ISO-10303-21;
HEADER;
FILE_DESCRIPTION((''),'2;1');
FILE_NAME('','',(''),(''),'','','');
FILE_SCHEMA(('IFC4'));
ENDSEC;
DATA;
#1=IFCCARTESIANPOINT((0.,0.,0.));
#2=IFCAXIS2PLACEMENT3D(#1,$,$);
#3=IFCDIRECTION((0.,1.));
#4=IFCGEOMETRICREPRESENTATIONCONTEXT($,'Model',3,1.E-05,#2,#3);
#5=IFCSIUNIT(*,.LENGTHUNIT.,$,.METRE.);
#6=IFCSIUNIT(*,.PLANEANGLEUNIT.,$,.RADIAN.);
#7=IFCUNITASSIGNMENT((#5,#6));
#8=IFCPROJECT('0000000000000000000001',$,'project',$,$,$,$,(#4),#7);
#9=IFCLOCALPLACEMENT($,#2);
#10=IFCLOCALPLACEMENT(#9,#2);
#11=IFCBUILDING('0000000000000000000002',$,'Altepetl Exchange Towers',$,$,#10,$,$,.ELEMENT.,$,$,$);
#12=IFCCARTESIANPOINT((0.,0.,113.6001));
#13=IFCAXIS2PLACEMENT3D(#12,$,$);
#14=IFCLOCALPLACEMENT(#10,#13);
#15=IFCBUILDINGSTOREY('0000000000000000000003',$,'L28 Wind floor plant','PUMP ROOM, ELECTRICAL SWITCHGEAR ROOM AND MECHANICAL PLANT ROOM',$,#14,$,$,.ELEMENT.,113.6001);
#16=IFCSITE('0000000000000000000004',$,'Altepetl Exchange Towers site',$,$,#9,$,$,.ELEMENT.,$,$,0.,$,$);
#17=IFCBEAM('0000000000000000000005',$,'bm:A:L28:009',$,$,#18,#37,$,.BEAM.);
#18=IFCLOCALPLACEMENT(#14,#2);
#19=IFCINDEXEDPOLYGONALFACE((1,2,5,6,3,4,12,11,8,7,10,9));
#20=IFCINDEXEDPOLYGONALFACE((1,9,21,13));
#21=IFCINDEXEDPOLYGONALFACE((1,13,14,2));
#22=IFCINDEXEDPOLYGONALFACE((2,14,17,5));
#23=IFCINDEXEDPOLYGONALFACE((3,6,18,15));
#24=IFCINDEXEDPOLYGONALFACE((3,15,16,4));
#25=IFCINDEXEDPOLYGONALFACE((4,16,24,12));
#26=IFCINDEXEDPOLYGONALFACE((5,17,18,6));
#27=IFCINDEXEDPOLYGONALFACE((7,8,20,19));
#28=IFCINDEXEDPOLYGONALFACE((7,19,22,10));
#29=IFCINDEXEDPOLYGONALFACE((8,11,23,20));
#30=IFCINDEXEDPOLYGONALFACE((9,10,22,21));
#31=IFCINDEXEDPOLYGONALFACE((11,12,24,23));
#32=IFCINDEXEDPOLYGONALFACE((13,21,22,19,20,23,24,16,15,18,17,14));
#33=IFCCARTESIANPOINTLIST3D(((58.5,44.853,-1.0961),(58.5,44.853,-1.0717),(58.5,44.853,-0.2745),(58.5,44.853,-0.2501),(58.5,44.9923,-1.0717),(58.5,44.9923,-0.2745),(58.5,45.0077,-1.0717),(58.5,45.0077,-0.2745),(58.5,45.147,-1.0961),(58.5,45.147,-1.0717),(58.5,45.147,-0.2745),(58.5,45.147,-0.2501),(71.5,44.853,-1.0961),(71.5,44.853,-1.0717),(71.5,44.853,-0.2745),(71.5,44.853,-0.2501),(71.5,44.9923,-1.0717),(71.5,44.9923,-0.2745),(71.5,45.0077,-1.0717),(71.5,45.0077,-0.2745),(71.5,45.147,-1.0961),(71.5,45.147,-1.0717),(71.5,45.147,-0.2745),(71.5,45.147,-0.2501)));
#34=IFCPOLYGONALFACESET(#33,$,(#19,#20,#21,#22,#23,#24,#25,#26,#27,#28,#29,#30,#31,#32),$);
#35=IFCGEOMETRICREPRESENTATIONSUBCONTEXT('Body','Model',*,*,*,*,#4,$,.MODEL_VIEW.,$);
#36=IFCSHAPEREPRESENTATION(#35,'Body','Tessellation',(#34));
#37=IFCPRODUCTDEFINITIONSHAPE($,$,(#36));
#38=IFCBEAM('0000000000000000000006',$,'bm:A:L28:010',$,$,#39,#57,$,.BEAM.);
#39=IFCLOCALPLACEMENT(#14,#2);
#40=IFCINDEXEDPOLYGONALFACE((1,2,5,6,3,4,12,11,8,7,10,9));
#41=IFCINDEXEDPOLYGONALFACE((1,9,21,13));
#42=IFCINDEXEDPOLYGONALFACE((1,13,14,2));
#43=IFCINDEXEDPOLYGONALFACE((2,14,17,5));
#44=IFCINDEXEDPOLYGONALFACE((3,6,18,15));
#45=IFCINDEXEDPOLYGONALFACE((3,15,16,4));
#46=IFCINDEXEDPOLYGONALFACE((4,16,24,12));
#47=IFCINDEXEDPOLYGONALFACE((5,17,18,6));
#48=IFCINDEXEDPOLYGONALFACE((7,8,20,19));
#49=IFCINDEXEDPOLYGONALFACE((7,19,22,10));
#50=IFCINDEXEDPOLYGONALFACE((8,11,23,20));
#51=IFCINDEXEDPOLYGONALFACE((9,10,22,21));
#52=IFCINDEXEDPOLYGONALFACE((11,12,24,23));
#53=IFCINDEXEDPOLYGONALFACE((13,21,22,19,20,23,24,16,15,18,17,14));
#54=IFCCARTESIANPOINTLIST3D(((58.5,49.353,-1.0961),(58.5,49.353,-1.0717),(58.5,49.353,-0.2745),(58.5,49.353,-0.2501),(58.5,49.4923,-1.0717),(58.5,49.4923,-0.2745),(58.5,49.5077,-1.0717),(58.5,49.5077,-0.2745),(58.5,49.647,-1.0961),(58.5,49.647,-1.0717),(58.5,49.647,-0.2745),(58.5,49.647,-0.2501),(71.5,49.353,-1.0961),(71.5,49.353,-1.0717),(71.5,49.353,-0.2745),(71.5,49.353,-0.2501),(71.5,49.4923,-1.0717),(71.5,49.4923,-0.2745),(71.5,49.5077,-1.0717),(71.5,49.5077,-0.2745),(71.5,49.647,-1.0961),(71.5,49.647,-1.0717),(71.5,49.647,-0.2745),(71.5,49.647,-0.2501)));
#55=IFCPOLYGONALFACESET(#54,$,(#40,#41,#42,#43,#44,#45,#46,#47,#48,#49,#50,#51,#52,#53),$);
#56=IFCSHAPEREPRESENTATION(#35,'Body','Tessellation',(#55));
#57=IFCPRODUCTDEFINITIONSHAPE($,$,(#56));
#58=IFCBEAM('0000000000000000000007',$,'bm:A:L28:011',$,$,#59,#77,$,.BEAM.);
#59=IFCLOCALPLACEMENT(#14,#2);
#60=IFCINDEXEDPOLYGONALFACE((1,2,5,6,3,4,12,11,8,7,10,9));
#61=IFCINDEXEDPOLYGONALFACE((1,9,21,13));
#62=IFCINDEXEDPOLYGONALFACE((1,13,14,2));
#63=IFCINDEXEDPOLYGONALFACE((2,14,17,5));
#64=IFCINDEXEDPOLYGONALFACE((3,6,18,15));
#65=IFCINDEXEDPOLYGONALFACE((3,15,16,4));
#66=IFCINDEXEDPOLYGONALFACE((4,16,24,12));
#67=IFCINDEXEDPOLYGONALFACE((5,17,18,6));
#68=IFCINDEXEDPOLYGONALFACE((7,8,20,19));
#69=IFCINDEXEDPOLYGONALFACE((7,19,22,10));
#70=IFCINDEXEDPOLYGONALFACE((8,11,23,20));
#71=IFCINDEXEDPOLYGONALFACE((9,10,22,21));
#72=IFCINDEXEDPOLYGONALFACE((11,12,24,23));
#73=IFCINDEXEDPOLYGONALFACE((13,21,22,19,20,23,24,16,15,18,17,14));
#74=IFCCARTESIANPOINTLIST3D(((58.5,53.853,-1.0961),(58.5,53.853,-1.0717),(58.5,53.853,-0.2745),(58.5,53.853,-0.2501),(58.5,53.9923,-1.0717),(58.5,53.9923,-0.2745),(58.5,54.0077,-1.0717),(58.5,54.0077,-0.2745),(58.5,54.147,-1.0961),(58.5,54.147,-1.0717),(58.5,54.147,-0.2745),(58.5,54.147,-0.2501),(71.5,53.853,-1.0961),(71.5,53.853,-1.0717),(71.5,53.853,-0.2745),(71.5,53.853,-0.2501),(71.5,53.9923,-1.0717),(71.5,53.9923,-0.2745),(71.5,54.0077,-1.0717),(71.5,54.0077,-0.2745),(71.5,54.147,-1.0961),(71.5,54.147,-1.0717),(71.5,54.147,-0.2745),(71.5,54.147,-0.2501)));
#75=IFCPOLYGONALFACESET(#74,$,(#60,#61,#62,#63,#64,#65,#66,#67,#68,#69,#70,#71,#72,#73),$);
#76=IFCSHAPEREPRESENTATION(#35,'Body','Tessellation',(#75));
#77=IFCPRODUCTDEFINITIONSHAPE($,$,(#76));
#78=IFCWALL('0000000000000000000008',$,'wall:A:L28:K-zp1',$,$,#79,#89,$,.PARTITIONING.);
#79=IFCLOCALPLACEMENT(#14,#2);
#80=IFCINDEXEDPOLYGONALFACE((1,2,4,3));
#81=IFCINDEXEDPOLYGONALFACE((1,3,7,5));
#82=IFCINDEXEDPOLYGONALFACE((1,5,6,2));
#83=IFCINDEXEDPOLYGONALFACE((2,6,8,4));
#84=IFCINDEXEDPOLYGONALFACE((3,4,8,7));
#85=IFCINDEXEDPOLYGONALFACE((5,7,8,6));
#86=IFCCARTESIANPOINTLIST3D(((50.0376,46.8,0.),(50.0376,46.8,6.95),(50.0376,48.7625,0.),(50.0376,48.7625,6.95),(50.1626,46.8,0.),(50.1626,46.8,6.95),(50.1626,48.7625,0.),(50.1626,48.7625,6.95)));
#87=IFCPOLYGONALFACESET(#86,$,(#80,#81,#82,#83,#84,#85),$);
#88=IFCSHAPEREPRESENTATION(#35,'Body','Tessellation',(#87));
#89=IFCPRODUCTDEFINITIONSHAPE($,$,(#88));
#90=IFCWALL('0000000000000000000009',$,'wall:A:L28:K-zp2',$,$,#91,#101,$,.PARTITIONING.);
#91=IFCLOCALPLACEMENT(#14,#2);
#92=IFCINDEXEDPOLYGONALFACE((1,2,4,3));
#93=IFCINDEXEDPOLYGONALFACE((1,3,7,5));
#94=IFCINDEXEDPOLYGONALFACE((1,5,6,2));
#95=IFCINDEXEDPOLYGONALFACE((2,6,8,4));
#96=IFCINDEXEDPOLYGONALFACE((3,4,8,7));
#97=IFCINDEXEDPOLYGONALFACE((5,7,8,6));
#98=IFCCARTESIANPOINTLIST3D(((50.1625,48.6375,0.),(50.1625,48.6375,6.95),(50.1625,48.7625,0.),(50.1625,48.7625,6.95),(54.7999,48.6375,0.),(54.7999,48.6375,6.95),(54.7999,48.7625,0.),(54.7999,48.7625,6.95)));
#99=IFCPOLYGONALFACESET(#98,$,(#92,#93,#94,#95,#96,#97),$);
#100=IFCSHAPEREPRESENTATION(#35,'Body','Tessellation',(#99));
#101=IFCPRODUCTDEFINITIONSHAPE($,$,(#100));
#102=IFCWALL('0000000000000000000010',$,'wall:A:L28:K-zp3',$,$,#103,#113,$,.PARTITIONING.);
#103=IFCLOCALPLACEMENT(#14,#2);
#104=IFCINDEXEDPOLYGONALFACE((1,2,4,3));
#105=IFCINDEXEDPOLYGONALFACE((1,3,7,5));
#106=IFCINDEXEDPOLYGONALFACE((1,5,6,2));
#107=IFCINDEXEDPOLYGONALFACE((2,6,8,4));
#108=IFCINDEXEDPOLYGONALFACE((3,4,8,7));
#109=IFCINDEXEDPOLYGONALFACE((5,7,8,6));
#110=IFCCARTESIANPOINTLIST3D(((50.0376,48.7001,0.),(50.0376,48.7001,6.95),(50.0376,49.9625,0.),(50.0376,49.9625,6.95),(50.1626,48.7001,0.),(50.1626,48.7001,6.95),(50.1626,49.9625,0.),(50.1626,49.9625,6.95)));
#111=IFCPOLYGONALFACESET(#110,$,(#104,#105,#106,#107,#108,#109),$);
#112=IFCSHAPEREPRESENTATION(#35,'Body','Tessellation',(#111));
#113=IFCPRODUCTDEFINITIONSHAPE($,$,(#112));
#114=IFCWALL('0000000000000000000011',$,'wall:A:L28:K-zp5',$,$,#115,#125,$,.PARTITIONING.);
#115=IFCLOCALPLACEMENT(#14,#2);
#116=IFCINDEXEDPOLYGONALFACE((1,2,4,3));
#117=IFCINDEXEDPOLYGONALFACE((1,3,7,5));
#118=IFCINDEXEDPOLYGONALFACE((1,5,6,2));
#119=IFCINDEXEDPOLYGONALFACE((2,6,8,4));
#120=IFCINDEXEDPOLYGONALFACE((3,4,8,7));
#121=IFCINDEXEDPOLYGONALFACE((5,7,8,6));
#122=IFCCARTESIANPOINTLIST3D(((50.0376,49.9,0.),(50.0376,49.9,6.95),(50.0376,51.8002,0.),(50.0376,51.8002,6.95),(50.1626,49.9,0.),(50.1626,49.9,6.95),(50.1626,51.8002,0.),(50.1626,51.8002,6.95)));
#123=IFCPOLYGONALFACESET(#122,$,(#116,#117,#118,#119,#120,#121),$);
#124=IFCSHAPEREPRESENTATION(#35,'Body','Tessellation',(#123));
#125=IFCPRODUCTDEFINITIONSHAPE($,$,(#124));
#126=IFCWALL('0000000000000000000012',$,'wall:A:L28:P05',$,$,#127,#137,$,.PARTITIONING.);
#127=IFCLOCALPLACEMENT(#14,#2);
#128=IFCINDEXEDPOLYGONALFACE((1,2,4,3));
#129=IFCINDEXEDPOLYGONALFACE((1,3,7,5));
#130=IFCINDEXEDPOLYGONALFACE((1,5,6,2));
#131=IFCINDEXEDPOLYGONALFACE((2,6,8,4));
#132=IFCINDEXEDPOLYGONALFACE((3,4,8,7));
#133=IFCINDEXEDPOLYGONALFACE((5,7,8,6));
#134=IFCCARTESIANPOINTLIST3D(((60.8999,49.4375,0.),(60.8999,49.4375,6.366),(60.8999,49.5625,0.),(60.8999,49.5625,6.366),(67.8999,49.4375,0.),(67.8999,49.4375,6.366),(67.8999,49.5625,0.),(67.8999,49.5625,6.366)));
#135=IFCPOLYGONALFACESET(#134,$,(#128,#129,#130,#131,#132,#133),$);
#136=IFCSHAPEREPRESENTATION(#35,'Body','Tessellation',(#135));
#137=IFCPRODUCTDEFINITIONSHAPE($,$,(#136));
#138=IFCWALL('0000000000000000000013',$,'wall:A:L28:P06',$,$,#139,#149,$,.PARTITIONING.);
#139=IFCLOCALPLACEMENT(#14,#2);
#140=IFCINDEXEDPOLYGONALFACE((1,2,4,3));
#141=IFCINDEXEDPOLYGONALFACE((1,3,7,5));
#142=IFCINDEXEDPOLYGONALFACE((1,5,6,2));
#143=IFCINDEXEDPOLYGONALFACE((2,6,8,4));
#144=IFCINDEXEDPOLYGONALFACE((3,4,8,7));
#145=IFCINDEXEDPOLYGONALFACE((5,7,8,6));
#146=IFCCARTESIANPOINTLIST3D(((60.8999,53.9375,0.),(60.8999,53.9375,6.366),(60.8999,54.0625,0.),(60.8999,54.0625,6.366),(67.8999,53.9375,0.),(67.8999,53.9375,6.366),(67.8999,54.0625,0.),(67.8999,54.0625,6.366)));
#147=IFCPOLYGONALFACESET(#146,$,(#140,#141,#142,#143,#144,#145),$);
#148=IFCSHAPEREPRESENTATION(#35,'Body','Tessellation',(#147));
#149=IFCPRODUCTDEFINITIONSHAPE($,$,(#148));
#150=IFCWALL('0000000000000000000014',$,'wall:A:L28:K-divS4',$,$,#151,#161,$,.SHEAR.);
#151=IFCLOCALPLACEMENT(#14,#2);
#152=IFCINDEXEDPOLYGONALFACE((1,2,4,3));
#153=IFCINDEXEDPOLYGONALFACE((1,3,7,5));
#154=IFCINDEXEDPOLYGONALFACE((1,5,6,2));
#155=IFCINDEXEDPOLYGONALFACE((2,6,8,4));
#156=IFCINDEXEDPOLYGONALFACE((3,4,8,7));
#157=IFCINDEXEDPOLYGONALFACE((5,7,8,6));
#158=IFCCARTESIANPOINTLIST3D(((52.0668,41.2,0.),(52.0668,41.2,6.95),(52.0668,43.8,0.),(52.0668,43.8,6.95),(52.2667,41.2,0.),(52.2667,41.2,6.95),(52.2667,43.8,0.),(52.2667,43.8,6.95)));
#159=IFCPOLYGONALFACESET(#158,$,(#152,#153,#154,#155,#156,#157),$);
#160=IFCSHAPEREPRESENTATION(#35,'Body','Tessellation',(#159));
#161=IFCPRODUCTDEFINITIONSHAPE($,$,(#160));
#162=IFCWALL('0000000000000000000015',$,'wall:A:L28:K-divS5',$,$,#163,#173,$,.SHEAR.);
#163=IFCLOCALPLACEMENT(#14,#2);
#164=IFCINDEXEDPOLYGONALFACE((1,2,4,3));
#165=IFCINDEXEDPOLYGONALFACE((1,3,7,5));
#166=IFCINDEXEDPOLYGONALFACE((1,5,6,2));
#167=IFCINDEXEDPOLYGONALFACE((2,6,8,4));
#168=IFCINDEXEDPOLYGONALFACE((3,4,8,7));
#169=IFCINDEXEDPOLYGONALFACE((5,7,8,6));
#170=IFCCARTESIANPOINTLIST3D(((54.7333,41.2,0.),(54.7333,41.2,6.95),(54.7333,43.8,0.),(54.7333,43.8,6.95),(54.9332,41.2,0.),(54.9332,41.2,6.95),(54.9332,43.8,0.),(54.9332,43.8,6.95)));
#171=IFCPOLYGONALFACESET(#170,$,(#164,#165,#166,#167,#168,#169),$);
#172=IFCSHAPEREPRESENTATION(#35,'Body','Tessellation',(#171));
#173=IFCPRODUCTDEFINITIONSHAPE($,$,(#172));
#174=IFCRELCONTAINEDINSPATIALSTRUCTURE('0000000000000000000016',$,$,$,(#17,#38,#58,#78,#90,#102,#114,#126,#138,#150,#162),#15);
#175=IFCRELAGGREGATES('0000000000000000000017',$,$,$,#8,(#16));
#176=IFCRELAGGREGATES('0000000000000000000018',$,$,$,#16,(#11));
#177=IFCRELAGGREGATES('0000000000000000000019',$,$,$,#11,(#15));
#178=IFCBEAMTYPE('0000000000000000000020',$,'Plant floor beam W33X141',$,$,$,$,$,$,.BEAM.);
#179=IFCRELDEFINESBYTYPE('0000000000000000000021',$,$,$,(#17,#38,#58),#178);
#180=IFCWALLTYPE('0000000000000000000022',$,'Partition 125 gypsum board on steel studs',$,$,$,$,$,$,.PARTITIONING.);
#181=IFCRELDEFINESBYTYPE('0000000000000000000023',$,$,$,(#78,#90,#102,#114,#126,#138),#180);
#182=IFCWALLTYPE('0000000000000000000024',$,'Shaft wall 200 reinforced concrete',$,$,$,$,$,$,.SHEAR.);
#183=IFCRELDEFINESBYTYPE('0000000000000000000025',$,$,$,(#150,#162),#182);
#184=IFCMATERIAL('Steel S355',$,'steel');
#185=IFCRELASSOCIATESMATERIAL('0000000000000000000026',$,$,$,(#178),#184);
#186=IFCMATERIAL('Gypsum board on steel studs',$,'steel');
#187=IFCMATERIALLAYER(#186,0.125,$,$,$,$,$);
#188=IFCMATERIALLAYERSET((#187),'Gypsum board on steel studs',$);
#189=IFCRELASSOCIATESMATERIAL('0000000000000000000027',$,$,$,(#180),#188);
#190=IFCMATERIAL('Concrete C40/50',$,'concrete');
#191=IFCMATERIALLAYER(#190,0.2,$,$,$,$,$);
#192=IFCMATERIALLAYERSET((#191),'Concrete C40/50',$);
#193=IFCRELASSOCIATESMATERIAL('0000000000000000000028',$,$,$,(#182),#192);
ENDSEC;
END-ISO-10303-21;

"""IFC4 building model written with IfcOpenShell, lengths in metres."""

from ifc_helpers import new_model, si_unit, direction, frame, frame_2d, origin, origin_2d, place, context, subcontext, project, spatial, rectangle, i_section, extrude, material, layer, layer_set, material_profile, profile_set, type_object, element, save


model = new_model("IFC4")

# Units and contexts
model_context = context("Model", 3, precision=1e-05, world=origin(), true_north=direction((0.0, 1.0)))
body_context = subcontext(model_context, "Body", "Model", "MODEL_VIEW")
ifc_project = project(units=[si_unit("LENGTHUNIT", "METRE"), si_unit("PLANEANGLEUNIT", "RADIAN")], contexts=[model_context])

# Site, building, storey
site_placement = place(None, origin())
site = spatial("IfcSite", under=ifc_project, at=site_placement, Name="Altepetl Exchange Towers site", CompositionType="ELEMENT", RefElevation=0.0)
building_placement = place(site_placement, origin())
building = spatial("IfcBuilding", under=site, at=building_placement, Name="Altepetl Exchange Towers", CompositionType="ELEMENT")
storey_placement = place(building_placement, frame((0.0, 0.0, 113.6001)))
storey = spatial("IfcBuildingStorey", under=building, at=storey_placement, Name="L28 Wind floor plant", Description="PUMP ROOM, ELECTRICAL SWITCHGEAR ROOM AND MECHANICAL PLANT ROOM", CompositionType="ELEMENT", Elevation=113.6001)

# Beams
ifc_material_1 = material(Name="Steel S355", Category="steel")
ifc_material_profile = material_profile(ifc_material_1, i_section(OverallWidth=0.2939, OverallDepth=0.8459, WebThickness=0.0154, FlangeThickness=0.0244, at=origin_2d()), Name="W33X141")
ifc_profile_set = profile_set([ifc_material_profile], Name="Steel S355")
beam_type = type_object("IfcBeamType", Name="Plant floor beam W33X141", PredefinedType="BEAM", material=ifc_profile_set)
for number, where, z_axis, x_axis, name in (
    (1, (58.5, 45.0, -0.6731), (1.0, 0.0, 0.0), (0.0, 1.0, 0.0), "bm:A:L28:009"),
    (2, (58.5, 49.5, -0.6731), (1.0, 0.0, 0.0), (0.0, 1.0, 0.0), "bm:A:L28:010"),
    (3, (58.5, 54.0, -0.6731), (1.0, 0.0, 0.0), (0.0, 1.0, 0.0), "bm:A:L28:011"),
):
    element("IfcBeam", number, at=place(storey_placement, frame(where, z_axis=z_axis, x_axis=x_axis)), inside=storey, type_object=beam_type, Name=name, PredefinedType="BEAM", context=body_context, shape_type="SweptSolid", body=[
        extrude(i_section(OverallWidth=0.2939, OverallDepth=0.8459, WebThickness=0.0154, FlangeThickness=0.0244, at=origin_2d()), origin(), (0.0, 0.0, 1.0), 13.0),
    ])

# Walls
ifc_material_2 = material(Name="Gypsum board on steel studs", Category="steel")
ifc_layer_1 = layer(ifc_material_2, 0.125)
ifc_layer_set_1 = layer_set([ifc_layer_1], Name="Gypsum board on steel studs")
wall_type_1 = type_object("IfcWallType", Name="Partition 125 gypsum board on steel studs", PredefinedType="PARTITIONING", material=ifc_layer_set_1)
wall_1_placement = place(storey_placement, frame((50.1001, 46.8, 0.0), z_axis=(0.0, 0.0, 1.0), x_axis=(0.0, 1.0, 0.0)))
element("IfcWall", 4, at=wall_1_placement, inside=storey, type_object=wall_type_1, Name="wall:A:L28:K-zp1", PredefinedType="PARTITIONING", context=body_context, shape_type="SweptSolid", body=[
    extrude(rectangle(XDim=1.9624, YDim=0.125, at=frame_2d((0.9812, 0.0))), origin(), (0.0, 0.0, 1.0), 6.95),
])
wall_2_placement = place(storey_placement, frame((54.8, 48.7, 0.0), z_axis=(0.0, 0.0, 1.0), x_axis=(-1.0, 0.0, 0.0)))
element("IfcWall", 5, at=wall_2_placement, inside=storey, type_object=wall_type_1, Name="wall:A:L28:K-zp2", PredefinedType="PARTITIONING", context=body_context, shape_type="SweptSolid", body=[
    extrude(rectangle(XDim=4.6375, YDim=0.125, at=frame_2d((2.3188, 0.0))), origin(), (0.0, 0.0, 1.0), 6.95),
])
wall_3_placement = place(storey_placement, frame((50.1001, 48.7, 0.0), z_axis=(0.0, 0.0, 1.0), x_axis=(0.0, 1.0, 0.0)))
element("IfcWall", 6, at=wall_3_placement, inside=storey, type_object=wall_type_1, Name="wall:A:L28:K-zp3", PredefinedType="PARTITIONING", context=body_context, shape_type="SweptSolid", body=[
    extrude(rectangle(XDim=1.2625, YDim=0.125, at=frame_2d((0.6313, 0.0))), origin(), (0.0, 0.0, 1.0), 6.95),
])
wall_4_placement = place(storey_placement, frame((50.1001, 49.8999, 0.0), z_axis=(0.0, 0.0, 1.0), x_axis=(0.0, 1.0, 0.0)))
element("IfcWall", 7, at=wall_4_placement, inside=storey, type_object=wall_type_1, Name="wall:A:L28:K-zp5", PredefinedType="PARTITIONING", context=body_context, shape_type="SweptSolid", body=[
    extrude(rectangle(XDim=1.9001, YDim=0.125, at=frame_2d((0.9502, 0.0))), origin(), (0.0, 0.0, 1.0), 6.95),
])
for number, where, name in (
    (8, (60.8999, 49.5, 0.0), "wall:A:L28:P05"),
    (9, (60.8999, 54.0, 0.0), "wall:A:L28:P06"),
):
    element("IfcWall", number, at=place(storey_placement, frame(where)), inside=storey, type_object=wall_type_1, Name=name, PredefinedType="PARTITIONING", context=body_context, shape_type="SweptSolid", body=[
        extrude(rectangle(XDim=7.0, YDim=0.125, at=frame_2d((3.5, 0.0))), origin(), (0.0, 0.0, 1.0), 6.366),
    ])
ifc_material_3 = material(Name="Concrete C40/50", Category="concrete")
ifc_layer_2 = layer(ifc_material_3, 0.2)
ifc_layer_set_2 = layer_set([ifc_layer_2], Name="Concrete C40/50")
wall_type_2 = type_object("IfcWallType", Name="Shaft wall 200 reinforced concrete", PredefinedType="SHEAR", material=ifc_layer_set_2)
for number, where, z_axis, x_axis, name in (
    (10, (52.1667, 41.2, 0.0), (0.0, 0.0, 1.0), (0.0, 1.0, 0.0), "wall:A:L28:K-divS4"),
    (11, (54.8333, 41.2, 0.0), (0.0, 0.0, 1.0), (0.0, 1.0, 0.0), "wall:A:L28:K-divS5"),
):
    element("IfcWall", number, at=place(storey_placement, frame(where, z_axis=z_axis, x_axis=x_axis)), inside=storey, type_object=wall_type_2, Name=name, PredefinedType="SHEAR", context=body_context, shape_type="SweptSolid", body=[
        extrude(rectangle(XDim=2.6001, YDim=0.2, at=frame_2d((1.3, 0.0))), origin(), (0.0, 0.0, 1.0), 6.95),
    ])

save(model, "model.ifc")
